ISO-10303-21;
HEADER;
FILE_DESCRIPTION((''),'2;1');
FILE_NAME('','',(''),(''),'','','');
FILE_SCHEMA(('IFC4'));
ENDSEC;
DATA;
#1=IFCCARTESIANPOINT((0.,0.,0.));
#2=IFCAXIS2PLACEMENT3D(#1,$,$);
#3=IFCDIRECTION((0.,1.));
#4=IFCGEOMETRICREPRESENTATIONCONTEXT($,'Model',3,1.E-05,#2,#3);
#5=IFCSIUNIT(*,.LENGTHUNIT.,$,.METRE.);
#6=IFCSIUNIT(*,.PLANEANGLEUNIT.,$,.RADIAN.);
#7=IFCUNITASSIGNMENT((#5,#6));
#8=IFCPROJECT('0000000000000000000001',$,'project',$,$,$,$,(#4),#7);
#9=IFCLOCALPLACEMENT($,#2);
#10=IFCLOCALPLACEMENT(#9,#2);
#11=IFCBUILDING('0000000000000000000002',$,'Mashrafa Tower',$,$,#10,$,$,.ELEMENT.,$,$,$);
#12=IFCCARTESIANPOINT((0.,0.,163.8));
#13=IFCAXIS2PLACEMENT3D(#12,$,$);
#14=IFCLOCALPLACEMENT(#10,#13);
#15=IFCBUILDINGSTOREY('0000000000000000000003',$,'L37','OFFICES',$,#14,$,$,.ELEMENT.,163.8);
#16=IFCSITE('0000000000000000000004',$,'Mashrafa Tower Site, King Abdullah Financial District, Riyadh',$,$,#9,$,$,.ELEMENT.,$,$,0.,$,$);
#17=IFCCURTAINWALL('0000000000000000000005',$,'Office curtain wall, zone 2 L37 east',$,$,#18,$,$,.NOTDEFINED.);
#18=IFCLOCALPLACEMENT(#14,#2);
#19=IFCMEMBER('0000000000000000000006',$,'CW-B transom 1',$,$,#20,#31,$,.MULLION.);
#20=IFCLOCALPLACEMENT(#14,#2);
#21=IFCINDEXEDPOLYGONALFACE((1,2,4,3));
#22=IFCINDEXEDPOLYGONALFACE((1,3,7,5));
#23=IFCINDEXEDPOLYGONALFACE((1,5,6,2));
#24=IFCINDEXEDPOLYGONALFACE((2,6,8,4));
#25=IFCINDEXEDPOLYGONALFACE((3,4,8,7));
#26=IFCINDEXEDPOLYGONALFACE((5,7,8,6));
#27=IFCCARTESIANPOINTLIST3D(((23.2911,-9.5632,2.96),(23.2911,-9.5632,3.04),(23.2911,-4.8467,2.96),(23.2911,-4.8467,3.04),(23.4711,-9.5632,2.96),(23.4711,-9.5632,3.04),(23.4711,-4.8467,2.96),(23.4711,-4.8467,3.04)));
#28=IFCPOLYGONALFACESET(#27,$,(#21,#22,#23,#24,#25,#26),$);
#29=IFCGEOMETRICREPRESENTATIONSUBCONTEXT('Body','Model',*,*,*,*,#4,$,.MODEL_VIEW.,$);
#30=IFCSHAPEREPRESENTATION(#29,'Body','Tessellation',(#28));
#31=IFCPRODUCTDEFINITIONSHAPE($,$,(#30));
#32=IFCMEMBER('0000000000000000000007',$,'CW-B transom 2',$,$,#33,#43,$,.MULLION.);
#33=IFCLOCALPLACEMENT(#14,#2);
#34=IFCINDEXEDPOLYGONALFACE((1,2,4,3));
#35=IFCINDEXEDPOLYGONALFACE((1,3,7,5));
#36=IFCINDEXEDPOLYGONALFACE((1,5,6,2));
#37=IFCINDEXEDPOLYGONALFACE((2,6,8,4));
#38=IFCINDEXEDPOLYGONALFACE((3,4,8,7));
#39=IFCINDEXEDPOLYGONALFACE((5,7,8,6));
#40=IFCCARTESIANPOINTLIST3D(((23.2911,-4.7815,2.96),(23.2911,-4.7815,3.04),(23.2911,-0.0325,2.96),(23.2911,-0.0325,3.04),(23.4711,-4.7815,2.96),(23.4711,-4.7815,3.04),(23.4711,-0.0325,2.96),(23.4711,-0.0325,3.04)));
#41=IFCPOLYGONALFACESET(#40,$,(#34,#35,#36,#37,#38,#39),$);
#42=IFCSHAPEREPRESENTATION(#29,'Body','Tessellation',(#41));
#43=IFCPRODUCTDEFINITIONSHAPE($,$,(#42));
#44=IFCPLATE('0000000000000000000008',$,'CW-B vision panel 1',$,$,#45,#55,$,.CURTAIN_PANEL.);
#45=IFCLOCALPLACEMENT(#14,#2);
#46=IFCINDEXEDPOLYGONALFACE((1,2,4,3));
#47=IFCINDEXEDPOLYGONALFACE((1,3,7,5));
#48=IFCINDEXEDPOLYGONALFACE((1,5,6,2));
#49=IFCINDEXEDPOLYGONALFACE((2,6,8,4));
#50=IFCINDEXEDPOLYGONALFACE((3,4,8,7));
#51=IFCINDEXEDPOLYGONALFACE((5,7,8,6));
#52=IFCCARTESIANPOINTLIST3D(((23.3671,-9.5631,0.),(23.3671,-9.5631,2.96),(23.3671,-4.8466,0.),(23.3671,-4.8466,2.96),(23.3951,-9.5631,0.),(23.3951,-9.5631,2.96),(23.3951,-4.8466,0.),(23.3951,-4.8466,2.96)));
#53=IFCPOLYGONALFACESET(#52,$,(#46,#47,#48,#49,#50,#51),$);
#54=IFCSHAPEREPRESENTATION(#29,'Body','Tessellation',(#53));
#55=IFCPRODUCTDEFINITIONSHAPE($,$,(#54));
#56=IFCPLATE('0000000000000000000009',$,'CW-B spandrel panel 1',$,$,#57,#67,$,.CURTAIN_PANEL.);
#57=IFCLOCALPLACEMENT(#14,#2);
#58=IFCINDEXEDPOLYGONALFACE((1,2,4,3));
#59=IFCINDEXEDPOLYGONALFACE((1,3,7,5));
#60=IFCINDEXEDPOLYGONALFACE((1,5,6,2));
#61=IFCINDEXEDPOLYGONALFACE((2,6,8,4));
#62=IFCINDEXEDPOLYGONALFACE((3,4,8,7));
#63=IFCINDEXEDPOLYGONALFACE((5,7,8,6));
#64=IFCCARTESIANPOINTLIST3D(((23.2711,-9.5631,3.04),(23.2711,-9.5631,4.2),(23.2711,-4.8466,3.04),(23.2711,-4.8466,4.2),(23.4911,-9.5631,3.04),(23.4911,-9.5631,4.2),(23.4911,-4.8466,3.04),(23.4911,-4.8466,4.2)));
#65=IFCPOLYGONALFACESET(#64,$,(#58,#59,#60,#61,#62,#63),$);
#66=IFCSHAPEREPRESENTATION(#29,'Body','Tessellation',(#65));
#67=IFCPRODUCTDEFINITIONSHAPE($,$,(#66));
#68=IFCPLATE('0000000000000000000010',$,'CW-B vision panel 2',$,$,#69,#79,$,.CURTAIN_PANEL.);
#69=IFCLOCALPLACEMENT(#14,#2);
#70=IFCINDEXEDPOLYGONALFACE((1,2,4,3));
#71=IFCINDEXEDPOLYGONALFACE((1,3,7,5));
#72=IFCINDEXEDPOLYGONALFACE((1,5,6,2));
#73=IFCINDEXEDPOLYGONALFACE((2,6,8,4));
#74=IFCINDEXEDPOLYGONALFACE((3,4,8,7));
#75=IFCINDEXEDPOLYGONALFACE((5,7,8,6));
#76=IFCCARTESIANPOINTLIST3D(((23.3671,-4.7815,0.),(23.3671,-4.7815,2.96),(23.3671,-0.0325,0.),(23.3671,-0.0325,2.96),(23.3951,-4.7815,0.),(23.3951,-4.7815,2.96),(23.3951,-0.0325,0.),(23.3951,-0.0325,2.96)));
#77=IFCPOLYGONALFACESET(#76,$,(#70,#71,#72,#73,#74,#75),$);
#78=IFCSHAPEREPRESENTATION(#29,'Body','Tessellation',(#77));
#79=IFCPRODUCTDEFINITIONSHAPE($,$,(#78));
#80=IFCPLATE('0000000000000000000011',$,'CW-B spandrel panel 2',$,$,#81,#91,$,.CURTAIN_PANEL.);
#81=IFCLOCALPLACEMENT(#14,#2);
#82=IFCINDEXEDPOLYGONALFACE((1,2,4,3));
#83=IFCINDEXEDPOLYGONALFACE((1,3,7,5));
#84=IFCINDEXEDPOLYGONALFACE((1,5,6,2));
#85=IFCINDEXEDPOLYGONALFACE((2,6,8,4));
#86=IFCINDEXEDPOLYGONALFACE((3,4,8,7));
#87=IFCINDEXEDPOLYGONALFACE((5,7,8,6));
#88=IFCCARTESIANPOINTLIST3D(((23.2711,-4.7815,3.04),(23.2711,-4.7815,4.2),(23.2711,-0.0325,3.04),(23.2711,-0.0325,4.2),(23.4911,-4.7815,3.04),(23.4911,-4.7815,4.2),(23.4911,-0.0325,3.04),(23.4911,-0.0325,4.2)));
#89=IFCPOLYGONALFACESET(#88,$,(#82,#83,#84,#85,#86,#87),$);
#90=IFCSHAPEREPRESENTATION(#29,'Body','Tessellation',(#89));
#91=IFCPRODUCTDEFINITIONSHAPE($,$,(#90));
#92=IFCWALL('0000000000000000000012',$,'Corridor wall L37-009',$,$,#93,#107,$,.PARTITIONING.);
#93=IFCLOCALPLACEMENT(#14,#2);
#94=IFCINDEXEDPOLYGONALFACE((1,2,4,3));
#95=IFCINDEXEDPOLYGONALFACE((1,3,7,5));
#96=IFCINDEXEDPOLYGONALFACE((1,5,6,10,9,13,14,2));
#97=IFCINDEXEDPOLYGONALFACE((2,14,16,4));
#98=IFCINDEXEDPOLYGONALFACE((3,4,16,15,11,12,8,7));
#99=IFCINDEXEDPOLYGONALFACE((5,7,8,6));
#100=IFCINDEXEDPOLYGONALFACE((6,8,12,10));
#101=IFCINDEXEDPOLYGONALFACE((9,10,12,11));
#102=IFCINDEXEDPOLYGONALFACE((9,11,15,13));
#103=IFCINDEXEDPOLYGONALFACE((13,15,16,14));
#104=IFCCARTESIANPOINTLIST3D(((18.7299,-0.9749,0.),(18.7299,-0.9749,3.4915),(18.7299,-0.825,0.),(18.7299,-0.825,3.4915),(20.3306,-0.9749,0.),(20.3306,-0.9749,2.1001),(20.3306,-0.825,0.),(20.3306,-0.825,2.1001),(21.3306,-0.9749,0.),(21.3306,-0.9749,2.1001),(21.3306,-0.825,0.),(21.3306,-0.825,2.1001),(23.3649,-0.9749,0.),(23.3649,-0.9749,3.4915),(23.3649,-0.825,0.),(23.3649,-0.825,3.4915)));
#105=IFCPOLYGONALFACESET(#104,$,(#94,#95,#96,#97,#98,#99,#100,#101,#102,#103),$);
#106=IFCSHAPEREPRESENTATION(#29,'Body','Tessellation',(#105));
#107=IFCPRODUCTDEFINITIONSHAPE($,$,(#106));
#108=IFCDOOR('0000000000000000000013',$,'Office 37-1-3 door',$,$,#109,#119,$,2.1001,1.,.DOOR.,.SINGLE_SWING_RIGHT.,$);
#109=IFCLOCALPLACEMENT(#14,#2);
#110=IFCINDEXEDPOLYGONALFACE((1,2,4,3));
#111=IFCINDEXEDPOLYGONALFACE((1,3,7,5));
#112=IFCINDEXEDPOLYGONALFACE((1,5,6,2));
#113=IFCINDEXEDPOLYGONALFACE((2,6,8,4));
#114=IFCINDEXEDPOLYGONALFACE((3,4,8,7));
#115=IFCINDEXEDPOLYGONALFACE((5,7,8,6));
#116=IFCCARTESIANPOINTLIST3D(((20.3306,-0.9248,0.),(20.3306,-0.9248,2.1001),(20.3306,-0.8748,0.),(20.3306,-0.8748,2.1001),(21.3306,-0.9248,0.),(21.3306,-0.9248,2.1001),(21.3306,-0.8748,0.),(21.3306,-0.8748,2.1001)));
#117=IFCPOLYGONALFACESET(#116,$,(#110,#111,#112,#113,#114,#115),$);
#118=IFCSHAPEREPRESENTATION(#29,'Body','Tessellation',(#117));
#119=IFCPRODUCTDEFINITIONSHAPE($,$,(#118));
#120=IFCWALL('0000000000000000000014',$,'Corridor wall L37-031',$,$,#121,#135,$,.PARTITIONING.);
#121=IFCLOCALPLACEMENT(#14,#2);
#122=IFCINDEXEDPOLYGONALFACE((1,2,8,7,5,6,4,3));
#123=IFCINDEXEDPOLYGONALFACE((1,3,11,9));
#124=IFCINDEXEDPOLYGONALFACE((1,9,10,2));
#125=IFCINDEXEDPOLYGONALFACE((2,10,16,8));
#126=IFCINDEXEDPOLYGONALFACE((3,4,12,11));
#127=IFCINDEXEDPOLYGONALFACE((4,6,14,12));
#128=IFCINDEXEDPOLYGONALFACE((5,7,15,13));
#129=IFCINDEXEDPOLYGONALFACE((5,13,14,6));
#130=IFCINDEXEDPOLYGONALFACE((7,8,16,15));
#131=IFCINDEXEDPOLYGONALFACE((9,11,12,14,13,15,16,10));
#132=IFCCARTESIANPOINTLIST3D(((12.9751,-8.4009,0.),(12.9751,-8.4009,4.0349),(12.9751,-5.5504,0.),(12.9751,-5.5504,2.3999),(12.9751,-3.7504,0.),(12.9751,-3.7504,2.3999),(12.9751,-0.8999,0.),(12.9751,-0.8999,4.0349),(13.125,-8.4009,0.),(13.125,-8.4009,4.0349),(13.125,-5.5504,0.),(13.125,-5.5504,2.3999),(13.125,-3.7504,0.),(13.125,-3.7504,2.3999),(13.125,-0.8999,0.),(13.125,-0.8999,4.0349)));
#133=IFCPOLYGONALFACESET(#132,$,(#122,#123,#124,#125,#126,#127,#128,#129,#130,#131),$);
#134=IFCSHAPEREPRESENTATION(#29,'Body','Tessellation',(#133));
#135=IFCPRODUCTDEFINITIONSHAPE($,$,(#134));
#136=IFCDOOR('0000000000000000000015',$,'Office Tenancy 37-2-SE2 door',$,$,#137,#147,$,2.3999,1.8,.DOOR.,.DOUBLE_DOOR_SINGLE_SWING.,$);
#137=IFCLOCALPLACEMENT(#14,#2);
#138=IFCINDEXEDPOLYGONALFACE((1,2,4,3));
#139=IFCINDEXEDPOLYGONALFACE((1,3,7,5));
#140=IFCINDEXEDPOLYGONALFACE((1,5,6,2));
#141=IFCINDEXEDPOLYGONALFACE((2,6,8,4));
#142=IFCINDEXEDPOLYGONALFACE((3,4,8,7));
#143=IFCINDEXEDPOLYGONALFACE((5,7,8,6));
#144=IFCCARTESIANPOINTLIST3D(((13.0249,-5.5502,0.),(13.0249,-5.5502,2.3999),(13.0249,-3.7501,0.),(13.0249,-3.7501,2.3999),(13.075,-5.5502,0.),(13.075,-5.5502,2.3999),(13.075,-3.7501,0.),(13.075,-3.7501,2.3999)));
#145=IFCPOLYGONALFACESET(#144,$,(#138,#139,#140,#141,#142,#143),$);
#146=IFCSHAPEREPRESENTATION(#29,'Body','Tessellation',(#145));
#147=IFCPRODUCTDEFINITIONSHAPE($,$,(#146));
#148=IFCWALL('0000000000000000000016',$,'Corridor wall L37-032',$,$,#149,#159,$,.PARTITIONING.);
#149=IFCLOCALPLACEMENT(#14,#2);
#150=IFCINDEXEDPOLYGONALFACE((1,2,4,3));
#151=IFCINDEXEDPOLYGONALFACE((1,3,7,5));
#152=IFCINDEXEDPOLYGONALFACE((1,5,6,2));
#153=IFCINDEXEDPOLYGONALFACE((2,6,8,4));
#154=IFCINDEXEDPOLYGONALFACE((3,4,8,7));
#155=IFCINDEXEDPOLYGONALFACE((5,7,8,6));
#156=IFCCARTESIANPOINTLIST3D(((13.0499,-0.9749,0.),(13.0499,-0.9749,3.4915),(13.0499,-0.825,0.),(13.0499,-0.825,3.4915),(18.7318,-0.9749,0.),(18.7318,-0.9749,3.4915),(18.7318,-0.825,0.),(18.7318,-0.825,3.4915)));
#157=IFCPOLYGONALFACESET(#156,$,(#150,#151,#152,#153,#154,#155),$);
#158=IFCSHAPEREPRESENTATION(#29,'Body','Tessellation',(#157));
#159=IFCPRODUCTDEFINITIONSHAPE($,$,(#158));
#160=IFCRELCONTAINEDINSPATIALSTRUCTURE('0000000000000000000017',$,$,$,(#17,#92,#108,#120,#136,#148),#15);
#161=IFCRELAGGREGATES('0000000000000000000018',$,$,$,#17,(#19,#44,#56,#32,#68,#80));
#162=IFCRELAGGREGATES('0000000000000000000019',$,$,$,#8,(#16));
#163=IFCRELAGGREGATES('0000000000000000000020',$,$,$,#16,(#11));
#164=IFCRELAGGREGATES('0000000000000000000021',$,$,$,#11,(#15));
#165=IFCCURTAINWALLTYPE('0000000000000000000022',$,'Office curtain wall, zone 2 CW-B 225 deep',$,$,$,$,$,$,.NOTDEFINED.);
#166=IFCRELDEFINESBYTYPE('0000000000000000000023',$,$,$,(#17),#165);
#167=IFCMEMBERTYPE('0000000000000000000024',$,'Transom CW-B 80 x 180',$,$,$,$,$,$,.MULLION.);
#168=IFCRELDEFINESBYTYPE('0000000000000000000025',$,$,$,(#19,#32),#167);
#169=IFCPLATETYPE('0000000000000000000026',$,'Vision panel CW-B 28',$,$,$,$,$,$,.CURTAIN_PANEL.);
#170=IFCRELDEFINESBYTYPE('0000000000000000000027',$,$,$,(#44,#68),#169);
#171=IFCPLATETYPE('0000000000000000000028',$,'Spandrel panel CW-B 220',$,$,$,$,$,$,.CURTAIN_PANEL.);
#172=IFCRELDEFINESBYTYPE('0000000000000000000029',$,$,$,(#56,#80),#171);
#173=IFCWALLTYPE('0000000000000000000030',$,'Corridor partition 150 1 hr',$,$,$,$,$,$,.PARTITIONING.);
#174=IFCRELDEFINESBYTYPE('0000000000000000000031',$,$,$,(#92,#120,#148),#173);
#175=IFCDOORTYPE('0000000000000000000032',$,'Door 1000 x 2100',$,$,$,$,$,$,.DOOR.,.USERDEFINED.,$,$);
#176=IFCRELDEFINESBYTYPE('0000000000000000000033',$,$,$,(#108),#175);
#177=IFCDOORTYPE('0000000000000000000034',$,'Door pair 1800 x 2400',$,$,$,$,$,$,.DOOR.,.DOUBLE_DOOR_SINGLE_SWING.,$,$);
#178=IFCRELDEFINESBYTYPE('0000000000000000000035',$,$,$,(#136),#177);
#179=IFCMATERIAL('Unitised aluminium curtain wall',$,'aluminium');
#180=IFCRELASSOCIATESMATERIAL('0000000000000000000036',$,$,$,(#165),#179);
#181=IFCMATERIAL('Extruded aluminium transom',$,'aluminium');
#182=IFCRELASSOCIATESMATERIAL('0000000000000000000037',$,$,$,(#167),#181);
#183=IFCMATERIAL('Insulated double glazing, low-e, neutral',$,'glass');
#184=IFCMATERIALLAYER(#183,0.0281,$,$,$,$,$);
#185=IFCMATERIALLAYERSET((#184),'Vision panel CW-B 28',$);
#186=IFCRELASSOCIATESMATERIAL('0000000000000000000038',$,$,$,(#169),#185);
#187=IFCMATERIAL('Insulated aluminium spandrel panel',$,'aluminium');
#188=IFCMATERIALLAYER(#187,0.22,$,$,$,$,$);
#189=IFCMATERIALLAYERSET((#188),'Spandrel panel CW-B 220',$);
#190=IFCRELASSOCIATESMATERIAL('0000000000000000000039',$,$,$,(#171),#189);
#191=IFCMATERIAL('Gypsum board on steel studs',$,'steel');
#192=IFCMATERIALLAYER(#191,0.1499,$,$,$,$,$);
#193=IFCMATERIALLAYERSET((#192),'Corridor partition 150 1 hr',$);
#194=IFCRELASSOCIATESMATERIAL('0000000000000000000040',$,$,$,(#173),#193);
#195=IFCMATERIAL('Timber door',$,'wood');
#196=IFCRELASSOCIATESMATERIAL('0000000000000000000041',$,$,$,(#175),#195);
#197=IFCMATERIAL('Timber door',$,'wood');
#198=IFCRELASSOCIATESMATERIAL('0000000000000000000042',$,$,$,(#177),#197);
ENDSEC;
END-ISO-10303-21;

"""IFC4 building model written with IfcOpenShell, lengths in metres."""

from ifc_helpers import new_model, si_unit, direction, frame, frame_2d, origin, origin_2d, place, context, subcontext, project, spatial, rectangle, extrude, source, transform, mapped, material, layer, layer_set, material_profile, profile_set, type_object, type_shapes, element, fill, aggregate, save


model = new_model("IFC4")

# Units and contexts
model_context = context("Model", 3, precision=1e-05, world=origin(), true_north=direction((0.0, 1.0)))
body_context = subcontext(model_context, "Body", "Model", "MODEL_VIEW")
ifc_project = project(units=[si_unit("LENGTHUNIT", "METRE"), si_unit("PLANEANGLEUNIT", "RADIAN")], contexts=[model_context])

# Site, building, storey
site_placement = place(None, origin())
site = spatial("IfcSite", under=ifc_project, at=site_placement, Name="Mashrafa Tower Site, King Abdullah Financial District, Riyadh", CompositionType="ELEMENT", RefElevation=0.0)
building_placement = place(site_placement, origin())
building = spatial("IfcBuilding", under=site, at=building_placement, Name="Mashrafa Tower", CompositionType="ELEMENT")
storey_placement = place(building_placement, frame((0.0, 0.0, 163.8)))
storey = spatial("IfcBuildingStorey", under=building, at=storey_placement, Name="L37", Description="OFFICES", CompositionType="ELEMENT", Elevation=163.8)

# Curtain wall
ifc_material_1 = material(Name="Unitised aluminium curtain wall", Category="aluminium")
curtain_wall_type = type_object("IfcCurtainWallType", Name="Office curtain wall, zone 2 CW-B 225 deep", PredefinedType="NOTDEFINED", material=ifc_material_1)
curtain_wall_1_placement = place(storey_placement, origin())
curtain_wall_1 = element("IfcCurtainWall", 1, at=curtain_wall_1_placement, inside=storey, type_object=curtain_wall_type, Name="Office curtain wall, zone 2 L37 east", PredefinedType="NOTDEFINED")

# Members
ifc_material_2 = material(Name="Extruded aluminium transom", Category="aluminium")
ifc_material_profile_1 = material_profile(ifc_material_2, rectangle(XDim=0.1799, YDim=0.0801, at=origin_2d()), Name="Transom 80x180")
ifc_profile_set_1 = profile_set([ifc_material_profile_1], Name="Extruded aluminium transom")
member_type_1 = type_object("IfcMemberType", Name="Transom CW-B 80 x 180", PredefinedType="MULLION", material=ifc_profile_set_1)
shared_shape_1 = source(origin(), body_context, "Body", "SweptSolid", [
    extrude(rectangle(XDim=0.1799, YDim=0.0801, at=origin_2d()), origin(), (0.0, 0.0, 1.0), 4.7166),
])
member_1_placement = place(storey_placement, frame((23.3811, -9.5632, 3.0), z_axis=(0.0, 1.0, 0.0), x_axis=(-1.0, 0.0, 0.0)))
member_1 = element("IfcMember", 2, at=member_1_placement, type_object=member_type_1, Name="CW-B transom 1", PredefinedType="MULLION", context=body_context, shape_type="MappedRepresentation", body=[
    mapped(shared_shape_1, transform((0.0, 0.0, 0.0))),
])
shared_shape_2 = source(origin(), body_context, "Body", "SweptSolid", [
    extrude(rectangle(XDim=0.1799, YDim=0.0801, at=origin_2d()), origin(), (0.0, 0.0, 1.0), 4.749),
])
type_shapes(member_type_1, [shared_shape_1, shared_shape_2])
member_2_placement = place(storey_placement, frame((23.3811, -4.7815, 3.0), z_axis=(0.0, 1.0, 0.0), x_axis=(-1.0, 0.0, 0.0)))
member_2 = element("IfcMember", 3, at=member_2_placement, type_object=member_type_1, Name="CW-B transom 2", PredefinedType="MULLION", context=body_context, shape_type="MappedRepresentation", body=[
    mapped(shared_shape_2, transform((0.0, 0.0, 0.0))),
])

# Plates
ifc_material_3 = material(Name="Insulated double glazing, low-e, neutral", Category="glass")
ifc_layer_1 = layer(ifc_material_3, 0.0281)
ifc_layer_set_1 = layer_set([ifc_layer_1], Name="Vision panel CW-B 28")
plate_type_1 = type_object("IfcPlateType", Name="Vision panel CW-B 28", PredefinedType="CURTAIN_PANEL", material=ifc_layer_set_1)
shared_shape_3 = source(origin(), body_context, "Body", "SweptSolid", [
    extrude(rectangle(XDim=4.7166, YDim=0.0281, at=origin_2d()), origin(), (0.0, 0.0, 1.0), 2.96),
])
plate_1_placement = place(storey_placement, frame((23.3811, -7.2048, 0.0), z_axis=(0.0, 0.0, 1.0), x_axis=(0.0, 1.0, 0.0)))
plate_1 = element("IfcPlate", 4, at=plate_1_placement, type_object=plate_type_1, Name="CW-B vision panel 1", PredefinedType="CURTAIN_PANEL", context=body_context, shape_type="MappedRepresentation", body=[
    mapped(shared_shape_3, transform((0.0, 0.0, 0.0))),
])
ifc_material_4 = material(Name="Insulated aluminium spandrel panel", Category="aluminium")
ifc_layer_2 = layer(ifc_material_4, 0.22)
ifc_layer_set_2 = layer_set([ifc_layer_2], Name="Spandrel panel CW-B 220")
plate_type_2 = type_object("IfcPlateType", Name="Spandrel panel CW-B 220", PredefinedType="CURTAIN_PANEL", material=ifc_layer_set_2)
shared_shape_4 = source(origin(), body_context, "Body", "SweptSolid", [
    extrude(rectangle(XDim=4.7166, YDim=0.22, at=origin_2d()), origin(), (0.0, 0.0, 1.0), 1.1599),
])
plate_2_placement = place(storey_placement, frame((23.3811, -7.2048, 3.04), z_axis=(0.0, 0.0, 1.0), x_axis=(0.0, 1.0, 0.0)))
plate_2 = element("IfcPlate", 5, at=plate_2_placement, type_object=plate_type_2, Name="CW-B spandrel panel 1", PredefinedType="CURTAIN_PANEL", context=body_context, shape_type="MappedRepresentation", body=[
    mapped(shared_shape_4, transform((0.0, 0.0, 0.0))),
])
shared_shape_5 = source(origin(), body_context, "Body", "SweptSolid", [
    extrude(rectangle(XDim=4.749, YDim=0.0281, at=origin_2d()), origin(), (0.0, 0.0, 1.0), 2.96),
])
type_shapes(plate_type_1, [shared_shape_3, shared_shape_5])
plate_3_placement = place(storey_placement, frame((23.3811, -2.407, 0.0), z_axis=(0.0, 0.0, 1.0), x_axis=(0.0, 1.0, 0.0)))
plate_3 = element("IfcPlate", 6, at=plate_3_placement, type_object=plate_type_1, Name="CW-B vision panel 2", PredefinedType="CURTAIN_PANEL", context=body_context, shape_type="MappedRepresentation", body=[
    mapped(shared_shape_5, transform((0.0, 0.0, 0.0))),
])
shared_shape_6 = source(origin(), body_context, "Body", "SweptSolid", [
    extrude(rectangle(XDim=4.749, YDim=0.22, at=origin_2d()), origin(), (0.0, 0.0, 1.0), 1.1599),
])
type_shapes(plate_type_2, [shared_shape_4, shared_shape_6])
plate_4_placement = place(storey_placement, frame((23.3811, -2.407, 3.04), z_axis=(0.0, 0.0, 1.0), x_axis=(0.0, 1.0, 0.0)))
plate_4 = element("IfcPlate", 7, at=plate_4_placement, type_object=plate_type_2, Name="CW-B spandrel panel 2", PredefinedType="CURTAIN_PANEL", context=body_context, shape_type="MappedRepresentation", body=[
    mapped(shared_shape_6, transform((0.0, 0.0, 0.0))),
])
aggregate(curtain_wall_1, [member_1, plate_1, plate_2, member_2, plate_3, plate_4])

# Walls, openings, doors
ifc_material_5 = material(Name="Gypsum board on steel studs", Category="steel")
ifc_layer_3 = layer(ifc_material_5, 0.1499)
ifc_layer_set_3 = layer_set([ifc_layer_3], Name="Corridor partition 150 1 hr")
wall_type_1 = type_object("IfcWallType", Name="Corridor partition 150 1 hr", PredefinedType="PARTITIONING", material=ifc_layer_set_3)
wall_1_placement = place(storey_placement, frame((18.73, -0.8999, 0.0), z_axis=(0.0, 0.0, 1.0), x_axis=(1.0, 0.0, 0.0)))
wall_1 = element("IfcWall", 8, at=wall_1_placement, inside=storey, type_object=wall_type_1, Name="Corridor wall L37-009", PredefinedType="PARTITIONING", context=body_context, shape_type="SweptSolid", body=[
    extrude(rectangle(XDim=4.635, YDim=0.1499, at=frame_2d((2.3174, 0.0))), origin(), (0.0, 0.0, 1.0), 3.4915),
])
opening_1_placement = place(wall_1_placement, frame((1.6006, 0.0, 0.0)))
opening_1 = element("IfcOpeningElement", 9, at=opening_1_placement, cuts=wall_1, PredefinedType="OPENING", context=body_context, shape_type="SweptSolid", body=[
    extrude(rectangle(XDim=1.0, YDim=2.1001, at=frame_2d((0.5, 1.05))), frame((0.0, 0.085, 0.0), z_axis=(0.0, -1.0, 0.0), x_axis=(1.0, 0.0, 0.0)), (0.0, 0.0, 1.0), 0.1699),
])
ifc_material_6 = material(Name="Timber door", Category="wood")
door_type_1 = type_object("IfcDoorType", Name="Door 1000 x 2100", OperationType="USERDEFINED", PredefinedType="DOOR", material=ifc_material_6)
door_1_placement = place(opening_1_placement, frame((1.0, 0.0, 0.0), z_axis=(0.0, 0.0, 1.0), x_axis=(-1.0, 0.0, 0.0)))
door_1 = element("IfcDoor", 10, at=door_1_placement, inside=storey, type_object=door_type_1, Name="Office 37-1-3 door", OperationType="SINGLE_SWING_RIGHT", OverallHeight=2.1001, OverallWidth=1.0, PredefinedType="DOOR", context=body_context, shape_type="SweptSolid", body=[
    extrude(rectangle(XDim=1.0, YDim=2.1001, at=frame_2d((0.5, 1.05))), frame((0.0, 0.0249, 0.0), z_axis=(0.0, -1.0, 0.0), x_axis=(1.0, 0.0, 0.0)), (0.0, 0.0, 1.0), 0.05),
])
fill(opening_1, door_1)
wall_2_placement = place(storey_placement, frame((13.05, -8.4009, 0.0), z_axis=(0.0, 0.0, 1.0), x_axis=(0.0, 1.0, 0.0)))
wall_2 = element("IfcWall", 11, at=wall_2_placement, inside=storey, type_object=wall_type_1, Name="Corridor wall L37-031", PredefinedType="PARTITIONING", context=body_context, shape_type="SweptSolid", body=[
    extrude(rectangle(XDim=7.501, YDim=0.1499, at=frame_2d((3.7505, 0.0))), origin(), (0.0, 0.0, 1.0), 4.0349),
])
opening_2_placement = place(wall_2_placement, frame((2.8506, 0.0, 0.0)))
opening_2 = element("IfcOpeningElement", 12, at=opening_2_placement, cuts=wall_2, PredefinedType="OPENING", context=body_context, shape_type="SweptSolid", body=[
    extrude(rectangle(XDim=1.8, YDim=2.3999, at=frame_2d((0.8999, 1.2))), frame((0.0, 0.085, 0.0), z_axis=(0.0, -1.0, 0.0), x_axis=(1.0, 0.0, 0.0)), (0.0, 0.0, 1.0), 0.1699),
])
ifc_material_7 = material(Name="Timber door", Category="wood")
door_type_2 = type_object("IfcDoorType", Name="Door pair 1800 x 2400", OperationType="DOUBLE_DOOR_SINGLE_SWING", PredefinedType="DOOR", material=ifc_material_7)
door_2_placement = place(opening_2_placement, frame((1.8, 0.0, 0.0), z_axis=(0.0, 0.0, 1.0), x_axis=(-1.0, 0.0, 0.0)))
door_2 = element("IfcDoor", 13, at=door_2_placement, inside=storey, type_object=door_type_2, Name="Office Tenancy 37-2-SE2 door", OperationType="DOUBLE_DOOR_SINGLE_SWING", OverallHeight=2.3999, OverallWidth=1.8, PredefinedType="DOOR", context=body_context, shape_type="SweptSolid", body=[
    extrude(rectangle(XDim=1.8, YDim=2.3999, at=frame_2d((0.8999, 1.2))), frame((0.0, 0.0249, 0.0), z_axis=(0.0, -1.0, 0.0), x_axis=(1.0, 0.0, 0.0)), (0.0, 0.0, 1.0), 0.05),
])
fill(opening_2, door_2)

# Wall
wall_3_placement = place(storey_placement, frame((13.05, -0.8999, 0.0), z_axis=(0.0, 0.0, 1.0), x_axis=(1.0, 0.0, 0.0)))
element("IfcWall", 14, at=wall_3_placement, inside=storey, type_object=wall_type_1, Name="Corridor wall L37-032", PredefinedType="PARTITIONING", context=body_context, shape_type="SweptSolid", body=[
    extrude(rectangle(XDim=5.6819, YDim=0.1499, at=frame_2d((2.8408, 0.0))), origin(), (0.0, 0.0, 1.0), 3.4915),
])

save(model, "model.ifc")
